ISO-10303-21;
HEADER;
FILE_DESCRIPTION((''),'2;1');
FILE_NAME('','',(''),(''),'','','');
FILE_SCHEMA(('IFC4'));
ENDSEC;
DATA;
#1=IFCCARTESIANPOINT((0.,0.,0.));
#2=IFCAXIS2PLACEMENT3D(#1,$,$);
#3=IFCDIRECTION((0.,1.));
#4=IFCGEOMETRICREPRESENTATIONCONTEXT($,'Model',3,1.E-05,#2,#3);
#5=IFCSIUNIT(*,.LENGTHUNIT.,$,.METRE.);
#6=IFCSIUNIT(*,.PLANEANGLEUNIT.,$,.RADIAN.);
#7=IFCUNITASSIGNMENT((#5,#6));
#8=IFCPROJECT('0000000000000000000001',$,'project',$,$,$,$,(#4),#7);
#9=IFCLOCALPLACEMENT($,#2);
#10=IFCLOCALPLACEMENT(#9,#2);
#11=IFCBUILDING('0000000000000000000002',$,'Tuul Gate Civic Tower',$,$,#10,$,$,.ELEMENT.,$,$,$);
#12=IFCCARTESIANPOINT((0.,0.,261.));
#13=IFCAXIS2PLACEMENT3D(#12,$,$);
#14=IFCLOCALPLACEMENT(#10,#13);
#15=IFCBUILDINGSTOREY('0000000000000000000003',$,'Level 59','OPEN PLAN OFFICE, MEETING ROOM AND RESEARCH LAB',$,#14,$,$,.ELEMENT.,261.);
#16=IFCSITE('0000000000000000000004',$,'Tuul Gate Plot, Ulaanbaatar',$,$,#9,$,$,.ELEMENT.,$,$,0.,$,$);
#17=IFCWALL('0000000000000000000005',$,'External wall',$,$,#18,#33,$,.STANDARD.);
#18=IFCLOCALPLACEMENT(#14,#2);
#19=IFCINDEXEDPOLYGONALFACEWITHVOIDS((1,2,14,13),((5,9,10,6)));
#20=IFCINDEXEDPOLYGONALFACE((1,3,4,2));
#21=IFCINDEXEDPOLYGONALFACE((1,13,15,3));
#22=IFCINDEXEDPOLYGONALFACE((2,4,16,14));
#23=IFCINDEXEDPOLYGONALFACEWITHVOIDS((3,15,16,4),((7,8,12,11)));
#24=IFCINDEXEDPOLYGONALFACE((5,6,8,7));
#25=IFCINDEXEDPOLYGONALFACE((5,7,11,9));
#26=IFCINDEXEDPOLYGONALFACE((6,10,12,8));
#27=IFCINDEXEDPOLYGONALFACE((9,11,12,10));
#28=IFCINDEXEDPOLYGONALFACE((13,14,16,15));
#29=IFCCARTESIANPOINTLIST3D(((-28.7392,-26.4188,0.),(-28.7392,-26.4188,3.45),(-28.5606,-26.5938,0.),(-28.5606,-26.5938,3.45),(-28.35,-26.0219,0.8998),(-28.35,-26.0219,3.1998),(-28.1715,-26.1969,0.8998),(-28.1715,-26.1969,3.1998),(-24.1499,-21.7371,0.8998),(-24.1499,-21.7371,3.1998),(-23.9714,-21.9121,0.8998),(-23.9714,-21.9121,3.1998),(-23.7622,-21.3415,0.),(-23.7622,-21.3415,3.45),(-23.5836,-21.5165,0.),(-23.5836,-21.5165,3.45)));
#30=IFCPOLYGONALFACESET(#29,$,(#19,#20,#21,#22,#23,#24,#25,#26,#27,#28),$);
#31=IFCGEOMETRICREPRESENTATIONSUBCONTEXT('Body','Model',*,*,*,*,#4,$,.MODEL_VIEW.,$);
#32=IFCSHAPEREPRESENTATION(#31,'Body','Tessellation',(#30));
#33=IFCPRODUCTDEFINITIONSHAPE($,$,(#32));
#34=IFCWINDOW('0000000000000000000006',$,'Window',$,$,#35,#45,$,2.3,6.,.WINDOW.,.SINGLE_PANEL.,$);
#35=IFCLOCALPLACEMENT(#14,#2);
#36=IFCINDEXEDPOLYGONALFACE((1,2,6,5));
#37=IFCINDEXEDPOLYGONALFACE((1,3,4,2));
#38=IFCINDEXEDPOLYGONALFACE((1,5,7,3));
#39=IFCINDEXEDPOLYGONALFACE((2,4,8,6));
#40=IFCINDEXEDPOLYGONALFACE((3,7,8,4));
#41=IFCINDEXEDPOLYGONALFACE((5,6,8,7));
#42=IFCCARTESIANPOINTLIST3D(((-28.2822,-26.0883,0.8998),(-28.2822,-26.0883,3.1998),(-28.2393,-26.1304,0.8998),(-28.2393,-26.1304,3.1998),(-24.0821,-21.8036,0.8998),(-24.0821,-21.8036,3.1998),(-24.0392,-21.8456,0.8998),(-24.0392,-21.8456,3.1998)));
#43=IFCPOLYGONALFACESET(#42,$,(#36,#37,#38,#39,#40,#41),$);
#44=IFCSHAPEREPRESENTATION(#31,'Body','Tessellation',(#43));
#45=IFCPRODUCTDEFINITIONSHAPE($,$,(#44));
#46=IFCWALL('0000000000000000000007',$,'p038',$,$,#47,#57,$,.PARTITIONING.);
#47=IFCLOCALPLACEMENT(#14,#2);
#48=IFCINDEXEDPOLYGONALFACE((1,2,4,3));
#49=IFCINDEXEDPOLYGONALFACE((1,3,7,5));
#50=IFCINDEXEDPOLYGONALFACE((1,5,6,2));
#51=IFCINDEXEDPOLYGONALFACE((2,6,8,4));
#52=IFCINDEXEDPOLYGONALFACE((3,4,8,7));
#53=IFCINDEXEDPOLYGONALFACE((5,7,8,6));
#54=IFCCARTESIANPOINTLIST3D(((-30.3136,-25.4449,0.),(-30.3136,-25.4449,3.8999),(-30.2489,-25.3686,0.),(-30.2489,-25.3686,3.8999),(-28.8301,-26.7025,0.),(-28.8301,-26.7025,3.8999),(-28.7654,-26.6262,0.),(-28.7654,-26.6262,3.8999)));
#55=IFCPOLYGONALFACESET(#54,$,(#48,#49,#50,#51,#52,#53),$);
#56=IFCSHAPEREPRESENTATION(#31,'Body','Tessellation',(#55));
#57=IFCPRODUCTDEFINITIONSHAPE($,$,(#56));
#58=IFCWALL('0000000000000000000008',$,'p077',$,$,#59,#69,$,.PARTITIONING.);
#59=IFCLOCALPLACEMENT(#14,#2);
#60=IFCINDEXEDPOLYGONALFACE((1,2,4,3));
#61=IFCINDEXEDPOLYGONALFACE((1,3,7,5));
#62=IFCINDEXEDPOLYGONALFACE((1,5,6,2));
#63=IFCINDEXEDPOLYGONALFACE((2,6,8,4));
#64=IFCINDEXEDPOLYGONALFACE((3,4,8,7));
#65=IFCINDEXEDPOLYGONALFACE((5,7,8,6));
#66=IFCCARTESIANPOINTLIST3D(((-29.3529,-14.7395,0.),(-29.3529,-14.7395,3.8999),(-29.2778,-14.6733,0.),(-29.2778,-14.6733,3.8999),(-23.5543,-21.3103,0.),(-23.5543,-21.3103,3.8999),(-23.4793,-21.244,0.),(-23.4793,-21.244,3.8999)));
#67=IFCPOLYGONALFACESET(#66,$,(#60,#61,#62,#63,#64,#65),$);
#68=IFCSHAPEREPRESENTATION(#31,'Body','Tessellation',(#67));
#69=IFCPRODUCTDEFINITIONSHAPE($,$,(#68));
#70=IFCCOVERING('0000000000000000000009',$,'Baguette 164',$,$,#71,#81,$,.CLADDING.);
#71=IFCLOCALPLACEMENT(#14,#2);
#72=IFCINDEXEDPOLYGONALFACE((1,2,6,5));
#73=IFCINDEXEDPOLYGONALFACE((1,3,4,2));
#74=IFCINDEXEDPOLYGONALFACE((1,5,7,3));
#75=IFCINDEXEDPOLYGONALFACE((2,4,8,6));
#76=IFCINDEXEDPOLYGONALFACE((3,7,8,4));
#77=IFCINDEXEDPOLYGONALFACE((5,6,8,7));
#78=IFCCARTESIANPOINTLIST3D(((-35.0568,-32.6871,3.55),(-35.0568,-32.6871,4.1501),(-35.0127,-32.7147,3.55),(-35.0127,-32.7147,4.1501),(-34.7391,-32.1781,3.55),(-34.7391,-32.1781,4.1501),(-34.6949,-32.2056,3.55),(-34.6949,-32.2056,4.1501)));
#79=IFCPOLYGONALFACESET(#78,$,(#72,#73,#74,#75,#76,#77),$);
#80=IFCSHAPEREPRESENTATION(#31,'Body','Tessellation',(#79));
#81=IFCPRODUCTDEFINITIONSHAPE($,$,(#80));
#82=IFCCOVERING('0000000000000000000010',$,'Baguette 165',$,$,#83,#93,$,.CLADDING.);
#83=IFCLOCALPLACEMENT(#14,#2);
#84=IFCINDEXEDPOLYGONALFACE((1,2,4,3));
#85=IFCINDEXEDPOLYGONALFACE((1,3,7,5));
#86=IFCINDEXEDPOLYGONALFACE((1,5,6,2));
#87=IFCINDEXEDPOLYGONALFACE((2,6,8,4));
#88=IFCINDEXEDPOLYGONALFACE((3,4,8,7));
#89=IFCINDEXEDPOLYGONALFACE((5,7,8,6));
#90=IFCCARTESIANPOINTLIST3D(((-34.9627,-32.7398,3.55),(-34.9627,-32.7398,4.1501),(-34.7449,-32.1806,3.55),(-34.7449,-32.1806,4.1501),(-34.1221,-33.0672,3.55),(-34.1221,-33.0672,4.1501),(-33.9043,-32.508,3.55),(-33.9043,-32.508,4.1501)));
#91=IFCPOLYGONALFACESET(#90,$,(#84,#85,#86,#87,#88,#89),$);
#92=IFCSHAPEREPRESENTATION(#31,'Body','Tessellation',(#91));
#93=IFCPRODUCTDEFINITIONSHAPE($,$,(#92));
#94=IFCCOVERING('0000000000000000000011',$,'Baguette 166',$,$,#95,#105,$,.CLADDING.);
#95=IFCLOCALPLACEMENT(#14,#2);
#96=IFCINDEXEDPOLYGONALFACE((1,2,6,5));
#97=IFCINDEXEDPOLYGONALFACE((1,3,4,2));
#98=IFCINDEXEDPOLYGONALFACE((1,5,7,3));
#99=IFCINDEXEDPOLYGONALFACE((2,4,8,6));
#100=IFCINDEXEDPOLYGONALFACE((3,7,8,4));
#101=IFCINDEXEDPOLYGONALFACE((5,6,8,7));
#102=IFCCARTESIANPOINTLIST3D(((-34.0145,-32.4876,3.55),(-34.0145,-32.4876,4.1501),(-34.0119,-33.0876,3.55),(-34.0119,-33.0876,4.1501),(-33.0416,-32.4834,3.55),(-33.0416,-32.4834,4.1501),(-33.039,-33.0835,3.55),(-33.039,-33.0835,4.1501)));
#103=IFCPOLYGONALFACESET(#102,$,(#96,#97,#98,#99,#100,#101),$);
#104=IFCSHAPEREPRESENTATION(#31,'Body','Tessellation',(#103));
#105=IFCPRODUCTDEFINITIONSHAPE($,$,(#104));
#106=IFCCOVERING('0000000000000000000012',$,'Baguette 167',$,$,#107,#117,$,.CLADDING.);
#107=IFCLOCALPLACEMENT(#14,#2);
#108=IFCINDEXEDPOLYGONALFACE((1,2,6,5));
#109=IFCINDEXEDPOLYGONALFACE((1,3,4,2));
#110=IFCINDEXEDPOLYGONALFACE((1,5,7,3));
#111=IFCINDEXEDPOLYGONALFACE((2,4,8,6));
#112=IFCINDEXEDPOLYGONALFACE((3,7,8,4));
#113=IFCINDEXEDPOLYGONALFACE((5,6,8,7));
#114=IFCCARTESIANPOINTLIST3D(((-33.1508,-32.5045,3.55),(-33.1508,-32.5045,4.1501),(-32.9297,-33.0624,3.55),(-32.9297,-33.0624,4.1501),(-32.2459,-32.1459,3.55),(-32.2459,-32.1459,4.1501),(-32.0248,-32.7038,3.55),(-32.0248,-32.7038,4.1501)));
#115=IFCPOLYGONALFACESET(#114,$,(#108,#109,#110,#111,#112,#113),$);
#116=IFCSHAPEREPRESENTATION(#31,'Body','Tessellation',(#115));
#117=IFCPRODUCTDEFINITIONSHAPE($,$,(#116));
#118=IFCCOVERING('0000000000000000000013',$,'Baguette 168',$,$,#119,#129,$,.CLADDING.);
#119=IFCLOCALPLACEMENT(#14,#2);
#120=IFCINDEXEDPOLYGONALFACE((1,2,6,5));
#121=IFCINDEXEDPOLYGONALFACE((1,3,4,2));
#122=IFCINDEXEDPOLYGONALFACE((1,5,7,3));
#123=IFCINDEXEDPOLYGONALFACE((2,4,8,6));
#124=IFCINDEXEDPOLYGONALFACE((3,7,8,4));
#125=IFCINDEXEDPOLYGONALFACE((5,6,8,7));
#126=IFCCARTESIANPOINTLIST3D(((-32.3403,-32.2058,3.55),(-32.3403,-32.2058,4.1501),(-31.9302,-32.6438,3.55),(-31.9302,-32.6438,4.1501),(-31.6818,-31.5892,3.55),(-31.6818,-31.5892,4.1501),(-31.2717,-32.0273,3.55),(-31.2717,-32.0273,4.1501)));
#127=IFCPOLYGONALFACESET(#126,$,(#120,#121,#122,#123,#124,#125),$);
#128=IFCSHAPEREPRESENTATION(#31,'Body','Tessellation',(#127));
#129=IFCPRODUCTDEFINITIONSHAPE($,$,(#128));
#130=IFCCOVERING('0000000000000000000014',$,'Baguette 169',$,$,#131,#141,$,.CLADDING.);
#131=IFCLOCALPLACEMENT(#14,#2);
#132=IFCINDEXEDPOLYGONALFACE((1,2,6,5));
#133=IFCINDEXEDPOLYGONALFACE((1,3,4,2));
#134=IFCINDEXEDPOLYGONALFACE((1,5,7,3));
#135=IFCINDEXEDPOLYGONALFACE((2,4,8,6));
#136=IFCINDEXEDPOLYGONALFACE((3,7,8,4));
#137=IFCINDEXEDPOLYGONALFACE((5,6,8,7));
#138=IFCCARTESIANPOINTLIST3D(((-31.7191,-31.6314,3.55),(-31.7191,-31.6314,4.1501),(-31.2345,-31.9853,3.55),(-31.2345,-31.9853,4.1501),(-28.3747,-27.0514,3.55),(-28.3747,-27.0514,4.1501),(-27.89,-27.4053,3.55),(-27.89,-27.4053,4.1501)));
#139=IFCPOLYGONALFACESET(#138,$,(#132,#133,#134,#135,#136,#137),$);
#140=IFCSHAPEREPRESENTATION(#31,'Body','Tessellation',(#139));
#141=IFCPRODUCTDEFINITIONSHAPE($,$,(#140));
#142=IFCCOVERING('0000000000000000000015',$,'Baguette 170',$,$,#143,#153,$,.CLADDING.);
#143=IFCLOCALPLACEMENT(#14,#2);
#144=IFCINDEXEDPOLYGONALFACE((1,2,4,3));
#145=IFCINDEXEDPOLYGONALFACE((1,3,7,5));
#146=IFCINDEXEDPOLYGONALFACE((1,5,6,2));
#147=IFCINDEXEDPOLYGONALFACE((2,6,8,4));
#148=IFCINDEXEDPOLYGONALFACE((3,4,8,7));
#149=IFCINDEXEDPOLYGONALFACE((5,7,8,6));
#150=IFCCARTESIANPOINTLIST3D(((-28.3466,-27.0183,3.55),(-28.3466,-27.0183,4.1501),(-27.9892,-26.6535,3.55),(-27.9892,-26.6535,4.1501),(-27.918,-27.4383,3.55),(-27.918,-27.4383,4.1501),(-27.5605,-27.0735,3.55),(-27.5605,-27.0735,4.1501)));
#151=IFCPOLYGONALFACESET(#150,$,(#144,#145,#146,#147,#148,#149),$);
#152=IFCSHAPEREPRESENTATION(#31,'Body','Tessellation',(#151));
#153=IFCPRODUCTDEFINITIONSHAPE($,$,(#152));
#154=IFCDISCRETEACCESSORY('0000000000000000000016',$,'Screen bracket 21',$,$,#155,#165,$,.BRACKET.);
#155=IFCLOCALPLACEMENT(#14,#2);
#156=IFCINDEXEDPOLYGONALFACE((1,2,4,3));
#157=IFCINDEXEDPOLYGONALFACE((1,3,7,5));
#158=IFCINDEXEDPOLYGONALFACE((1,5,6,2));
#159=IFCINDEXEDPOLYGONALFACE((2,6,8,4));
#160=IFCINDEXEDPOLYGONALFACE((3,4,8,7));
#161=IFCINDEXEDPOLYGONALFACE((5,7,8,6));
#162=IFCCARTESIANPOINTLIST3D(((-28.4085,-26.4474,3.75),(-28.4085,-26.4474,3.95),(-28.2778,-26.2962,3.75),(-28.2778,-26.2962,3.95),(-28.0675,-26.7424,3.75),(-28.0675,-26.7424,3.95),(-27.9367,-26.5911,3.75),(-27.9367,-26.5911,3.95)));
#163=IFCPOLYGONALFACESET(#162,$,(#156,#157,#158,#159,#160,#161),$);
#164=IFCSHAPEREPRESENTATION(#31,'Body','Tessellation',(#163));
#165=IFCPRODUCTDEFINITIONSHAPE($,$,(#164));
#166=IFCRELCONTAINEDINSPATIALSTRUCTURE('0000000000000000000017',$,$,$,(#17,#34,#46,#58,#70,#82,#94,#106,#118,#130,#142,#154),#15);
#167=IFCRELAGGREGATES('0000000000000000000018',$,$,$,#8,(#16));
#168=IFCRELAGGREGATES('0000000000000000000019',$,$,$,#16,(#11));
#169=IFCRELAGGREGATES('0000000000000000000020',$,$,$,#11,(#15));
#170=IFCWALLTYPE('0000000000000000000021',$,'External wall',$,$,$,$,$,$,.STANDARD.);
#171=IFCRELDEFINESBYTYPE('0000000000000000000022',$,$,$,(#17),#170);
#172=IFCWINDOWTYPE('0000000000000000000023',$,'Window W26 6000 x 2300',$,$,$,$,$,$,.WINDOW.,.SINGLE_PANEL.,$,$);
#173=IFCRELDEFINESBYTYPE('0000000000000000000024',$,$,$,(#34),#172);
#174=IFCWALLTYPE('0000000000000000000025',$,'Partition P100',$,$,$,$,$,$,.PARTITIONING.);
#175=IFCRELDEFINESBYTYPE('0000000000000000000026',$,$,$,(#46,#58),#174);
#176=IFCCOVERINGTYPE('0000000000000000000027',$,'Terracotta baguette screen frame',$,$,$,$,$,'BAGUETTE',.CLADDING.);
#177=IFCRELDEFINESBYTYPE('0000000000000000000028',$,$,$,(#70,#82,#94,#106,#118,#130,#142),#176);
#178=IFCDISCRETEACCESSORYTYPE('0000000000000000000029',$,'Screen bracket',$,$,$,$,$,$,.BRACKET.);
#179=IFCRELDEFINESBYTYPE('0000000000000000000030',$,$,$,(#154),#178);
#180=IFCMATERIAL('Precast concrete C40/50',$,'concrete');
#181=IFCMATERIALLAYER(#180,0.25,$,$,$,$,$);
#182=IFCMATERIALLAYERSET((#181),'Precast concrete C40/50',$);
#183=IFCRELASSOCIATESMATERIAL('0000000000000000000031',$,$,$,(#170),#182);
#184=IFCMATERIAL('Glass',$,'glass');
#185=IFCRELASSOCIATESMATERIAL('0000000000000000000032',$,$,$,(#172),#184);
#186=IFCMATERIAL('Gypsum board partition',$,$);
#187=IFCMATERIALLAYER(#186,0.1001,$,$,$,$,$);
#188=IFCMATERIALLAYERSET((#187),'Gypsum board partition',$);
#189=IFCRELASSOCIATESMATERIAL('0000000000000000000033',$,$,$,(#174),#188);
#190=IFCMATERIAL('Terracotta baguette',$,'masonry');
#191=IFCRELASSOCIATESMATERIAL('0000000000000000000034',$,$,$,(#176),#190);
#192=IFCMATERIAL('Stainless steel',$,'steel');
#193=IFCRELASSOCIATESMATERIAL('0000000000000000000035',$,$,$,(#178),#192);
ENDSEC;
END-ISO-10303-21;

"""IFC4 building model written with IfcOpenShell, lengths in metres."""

from ifc_helpers import new_model, si_unit, direction, frame, frame_2d, origin, origin_2d, place, context, subcontext, project, spatial, rectangle, extrude, material, layer, layer_set, material_profile, profile_set, type_object, element, fill, save


model = new_model("IFC4")

# Units and contexts
model_context = context("Model", 3, precision=1e-05, world=origin(), true_north=direction((0.0, 1.0)))
body_context = subcontext(model_context, "Body", "Model", "MODEL_VIEW")
ifc_project = project(units=[si_unit("LENGTHUNIT", "METRE"), si_unit("PLANEANGLEUNIT", "RADIAN")], contexts=[model_context])

# Site, building, storey
site_placement = place(None, origin())
site = spatial("IfcSite", under=ifc_project, at=site_placement, Name="Tuul Gate Plot, Ulaanbaatar", CompositionType="ELEMENT", RefElevation=0.0)
building_placement = place(site_placement, origin())
building = spatial("IfcBuilding", under=site, at=building_placement, Name="Tuul Gate Civic Tower", CompositionType="ELEMENT")
storey_placement = place(building_placement, frame((0.0, 0.0, 261.0)))
storey = spatial("IfcBuildingStorey", under=building, at=storey_placement, Name="Level 59", Description="OPEN PLAN OFFICE, MEETING ROOM AND RESEARCH LAB", CompositionType="ELEMENT", Elevation=261.0)

# Wall, opening, window
ifc_material_1 = material(Name="Precast concrete C40/50", Category="concrete")
ifc_layer_1 = layer(ifc_material_1, 0.25)
ifc_layer_set_1 = layer_set([ifc_layer_1], Name="Precast concrete C40/50")
wall_type_1 = type_object("IfcWallType", Name="External wall", PredefinedType="STANDARD", material=ifc_layer_set_1)
wall_1_placement = place(storey_placement, frame((-28.6499, -26.5063, 0.0), z_axis=(0.0, 0.0, 1.0), x_axis=(0.700015, 0.714128, 0.0)))
wall_1 = element("IfcWall", 1, at=wall_1_placement, inside=storey, type_object=wall_type_1, Name="External wall", PredefinedType="STANDARD", context=body_context, shape_type="SweptSolid", body=[
    extrude(rectangle(XDim=7.1099, YDim=0.25, at=frame_2d((3.5549, 0.0))), origin(), (0.0, 0.0, 1.0), 3.45),
])
opening_1_placement = place(wall_1_placement, frame((0.5559, 0.0, 0.8999)))
opening_1 = element("IfcOpeningElement", 2, at=opening_1_placement, cuts=wall_1, PredefinedType="OPENING", context=body_context, shape_type="SweptSolid", body=[
    extrude(rectangle(XDim=6.0, YDim=2.3, at=frame_2d((3.0, 1.1499))), frame((0.0, 0.135, 0.0), z_axis=(0.0, -1.0, 0.0), x_axis=(1.0, 0.0, 0.0)), (0.0, 0.0, 1.0), 0.27),
])
ifc_material_2 = material(Name="Glass", Category="glass")
window_type_1 = type_object("IfcWindowType", Name="Window W26 6000 x 2300", PartitioningType="SINGLE_PANEL", PredefinedType="WINDOW", material=ifc_material_2)
window_1_placement = place(opening_1_placement, origin())
window_1 = element("IfcWindow", 3, at=window_1_placement, inside=storey, type_object=window_type_1, Name="Window", OverallHeight=2.3, OverallWidth=6.0, PartitioningType="SINGLE_PANEL", PredefinedType="WINDOW", context=body_context, shape_type="SweptSolid", body=[
    extrude(rectangle(XDim=6.0, YDim=2.3, at=frame_2d((3.0, 1.1499))), frame((0.0, 0.03, 0.0), z_axis=(0.0, -1.0, 0.0), x_axis=(1.0, 0.0, 0.0)), (0.0, 0.0, 1.0), 0.0601),
])
fill(opening_1, window_1)

# Walls
ifc_material_3 = material(Name="Gypsum board partition")
ifc_layer_2 = layer(ifc_material_3, 0.1001)
ifc_layer_set_2 = layer_set([ifc_layer_2], Name="Gypsum board partition")
wall_type_2 = type_object("IfcWallType", Name="Partition P100", PredefinedType="PARTITIONING", material=ifc_layer_set_2)
wall_2_placement = place(storey_placement, frame((-30.2812, -25.4067, 0.0), z_axis=(0.0, 0.0, 1.0), x_axis=(0.762781, -0.646657, 0.0)))
element("IfcWall", 4, at=wall_2_placement, inside=storey, type_object=wall_type_2, Name="p038", PredefinedType="PARTITIONING", context=body_context, shape_type="SweptSolid", body=[
    extrude(rectangle(XDim=1.9448, YDim=0.1001, at=frame_2d((0.9724, 0.0))), origin(), (0.0, 0.0, 1.0), 3.8999),
])
wall_3_placement = place(storey_placement, frame((-29.3154, -14.7063, 0.0), z_axis=(0.0, 0.0, 1.0), x_axis=(0.661674, -0.749792, 0.0)))
element("IfcWall", 5, at=wall_3_placement, inside=storey, type_object=wall_type_2, Name="p077", PredefinedType="PARTITIONING", context=body_context, shape_type="SweptSolid", body=[
    extrude(rectangle(XDim=8.7634, YDim=0.1001, at=frame_2d((4.3818, 0.0))), origin(), (0.0, 0.0, 1.0), 3.8999),
])

# Coverings
ifc_material_4 = material(Name="Terracotta baguette", Category="masonry")
ifc_material_profile_1 = material_profile(ifc_material_4, rectangle(XDim=0.6001, YDim=0.6001, at=origin_2d()), Name="Terracotta baguette screen frame")
ifc_profile_set_1 = profile_set([ifc_material_profile_1], Name="Terracotta baguette")
covering_type = type_object("IfcCoveringType", Name="Terracotta baguette screen frame", ElementType="BAGUETTE", PredefinedType="CLADDING", material=ifc_profile_set_1)
covering_1_placement = place(storey_placement, frame((-34.8979, -32.4326, 3.8501), z_axis=(0.848261, -0.529578, 0.0), x_axis=(0.529578, 0.848261, 0.0)))
element("IfcCovering", 6, at=covering_1_placement, inside=storey, type_object=covering_type, Name="Baguette 164", PredefinedType="CLADDING", context=body_context, shape_type="SweptSolid", body=[
    extrude(rectangle(XDim=0.6001, YDim=0.6001, at=origin_2d()), origin(), (0.0, 0.0, 1.0), 0.052),
])
covering_2_placement = place(storey_placement, frame((-34.8538, -32.4602, 3.8501), z_axis=(0.931817, -0.362929, 0.0), x_axis=(0.362929, 0.931817, 0.0)))
element("IfcCovering", 7, at=covering_2_placement, inside=storey, type_object=covering_type, Name="Baguette 165", PredefinedType="CLADDING", context=body_context, shape_type="SweptSolid", body=[
    extrude(rectangle(XDim=0.6001, YDim=0.6001, at=origin_2d()), origin(), (0.0, 0.0, 1.0), 0.9021),
])
covering_3_placement = place(storey_placement, frame((-34.0132, -32.7876, 3.8501), z_axis=(0.999991, 0.004266, 0.0), x_axis=(-0.004266, 0.999991, 0.0)))
element("IfcCovering", 8, at=covering_3_placement, inside=storey, type_object=covering_type, Name="Baguette 166", PredefinedType="CLADDING", context=body_context, shape_type="SweptSolid", body=[
    extrude(rectangle(XDim=0.6001, YDim=0.6001, at=origin_2d()), origin(), (0.0, 0.0, 1.0), 0.9729),
])
covering_4_placement = place(storey_placement, frame((-33.0403, -32.7834, 3.8501), z_axis=(0.929665, 0.368405, 0.0), x_axis=(-0.368405, 0.929665, 0.0)))
element("IfcCovering", 9, at=covering_4_placement, inside=storey, type_object=covering_type, Name="Baguette 167", PredefinedType="CLADDING", context=body_context, shape_type="SweptSolid", body=[
    extrude(rectangle(XDim=0.6001, YDim=0.6001, at=origin_2d()), origin(), (0.0, 0.0, 1.0), 0.9734),
])
covering_5_placement = place(storey_placement, frame((-32.1353, -32.4248, 3.8501), z_axis=(0.730001, 0.683446, 0.0), x_axis=(-0.683446, 0.730001, 0.0)))
element("IfcCovering", 10, at=covering_5_placement, inside=storey, type_object=covering_type, Name="Baguette 168", PredefinedType="CLADDING", context=body_context, shape_type="SweptSolid", body=[
    extrude(rectangle(XDim=0.6001, YDim=0.6001, at=origin_2d()), origin(), (0.0, 0.0, 1.0), 0.9021),
])
covering_6_placement = place(storey_placement, frame((-31.4768, -31.8083, 3.8501), z_axis=(0.589729, 0.807601, 0.0), x_axis=(-0.807601, 0.589729, 0.0)))
element("IfcCovering", 11, at=covering_6_placement, inside=storey, type_object=covering_type, Name="Baguette 169", PredefinedType="CLADDING", context=body_context, shape_type="SweptSolid", body=[
    extrude(rectangle(XDim=0.6001, YDim=0.6001, at=origin_2d()), origin(), (0.0, 0.0, 1.0), 5.6711),
])
covering_7_placement = place(storey_placement, frame((-28.1323, -27.2283, 3.8501), z_axis=(0.699899, 0.714242, 0.0), x_axis=(-0.714242, 0.699899, 0.0)))
element("IfcCovering", 12, at=covering_7_placement, inside=storey, type_object=covering_type, Name="Baguette 170", PredefinedType="CLADDING", context=body_context, shape_type="SweptSolid", body=[
    extrude(rectangle(XDim=0.6001, YDim=0.6001, at=origin_2d()), origin(), (0.0, 0.0, 1.0), 0.5107),
])

# Discrete accessory
ifc_material_5 = material(Name="Stainless steel", Category="steel")
discrete_accessory_type = type_object("IfcDiscreteAccessoryType", Name="Screen bracket", PredefinedType="BRACKET", material=ifc_material_5)
discrete_accessory_placement = place(storey_placement, frame((-28.1726, -26.5193, 3.75), z_axis=(0.0, 0.0, 1.0), x_axis=(0.756391, -0.654119, 0.0)))
element("IfcDiscreteAccessory", 13, at=discrete_accessory_placement, inside=storey, type_object=discrete_accessory_type, Name="Screen bracket 21", PredefinedType="BRACKET", context=body_context, shape_type="SweptSolid", body=[
    extrude(rectangle(XDim=0.4509, YDim=0.2, at=origin_2d()), origin(), (0.0, 0.0, 1.0), 0.2),
])

save(model, "model.ifc")
